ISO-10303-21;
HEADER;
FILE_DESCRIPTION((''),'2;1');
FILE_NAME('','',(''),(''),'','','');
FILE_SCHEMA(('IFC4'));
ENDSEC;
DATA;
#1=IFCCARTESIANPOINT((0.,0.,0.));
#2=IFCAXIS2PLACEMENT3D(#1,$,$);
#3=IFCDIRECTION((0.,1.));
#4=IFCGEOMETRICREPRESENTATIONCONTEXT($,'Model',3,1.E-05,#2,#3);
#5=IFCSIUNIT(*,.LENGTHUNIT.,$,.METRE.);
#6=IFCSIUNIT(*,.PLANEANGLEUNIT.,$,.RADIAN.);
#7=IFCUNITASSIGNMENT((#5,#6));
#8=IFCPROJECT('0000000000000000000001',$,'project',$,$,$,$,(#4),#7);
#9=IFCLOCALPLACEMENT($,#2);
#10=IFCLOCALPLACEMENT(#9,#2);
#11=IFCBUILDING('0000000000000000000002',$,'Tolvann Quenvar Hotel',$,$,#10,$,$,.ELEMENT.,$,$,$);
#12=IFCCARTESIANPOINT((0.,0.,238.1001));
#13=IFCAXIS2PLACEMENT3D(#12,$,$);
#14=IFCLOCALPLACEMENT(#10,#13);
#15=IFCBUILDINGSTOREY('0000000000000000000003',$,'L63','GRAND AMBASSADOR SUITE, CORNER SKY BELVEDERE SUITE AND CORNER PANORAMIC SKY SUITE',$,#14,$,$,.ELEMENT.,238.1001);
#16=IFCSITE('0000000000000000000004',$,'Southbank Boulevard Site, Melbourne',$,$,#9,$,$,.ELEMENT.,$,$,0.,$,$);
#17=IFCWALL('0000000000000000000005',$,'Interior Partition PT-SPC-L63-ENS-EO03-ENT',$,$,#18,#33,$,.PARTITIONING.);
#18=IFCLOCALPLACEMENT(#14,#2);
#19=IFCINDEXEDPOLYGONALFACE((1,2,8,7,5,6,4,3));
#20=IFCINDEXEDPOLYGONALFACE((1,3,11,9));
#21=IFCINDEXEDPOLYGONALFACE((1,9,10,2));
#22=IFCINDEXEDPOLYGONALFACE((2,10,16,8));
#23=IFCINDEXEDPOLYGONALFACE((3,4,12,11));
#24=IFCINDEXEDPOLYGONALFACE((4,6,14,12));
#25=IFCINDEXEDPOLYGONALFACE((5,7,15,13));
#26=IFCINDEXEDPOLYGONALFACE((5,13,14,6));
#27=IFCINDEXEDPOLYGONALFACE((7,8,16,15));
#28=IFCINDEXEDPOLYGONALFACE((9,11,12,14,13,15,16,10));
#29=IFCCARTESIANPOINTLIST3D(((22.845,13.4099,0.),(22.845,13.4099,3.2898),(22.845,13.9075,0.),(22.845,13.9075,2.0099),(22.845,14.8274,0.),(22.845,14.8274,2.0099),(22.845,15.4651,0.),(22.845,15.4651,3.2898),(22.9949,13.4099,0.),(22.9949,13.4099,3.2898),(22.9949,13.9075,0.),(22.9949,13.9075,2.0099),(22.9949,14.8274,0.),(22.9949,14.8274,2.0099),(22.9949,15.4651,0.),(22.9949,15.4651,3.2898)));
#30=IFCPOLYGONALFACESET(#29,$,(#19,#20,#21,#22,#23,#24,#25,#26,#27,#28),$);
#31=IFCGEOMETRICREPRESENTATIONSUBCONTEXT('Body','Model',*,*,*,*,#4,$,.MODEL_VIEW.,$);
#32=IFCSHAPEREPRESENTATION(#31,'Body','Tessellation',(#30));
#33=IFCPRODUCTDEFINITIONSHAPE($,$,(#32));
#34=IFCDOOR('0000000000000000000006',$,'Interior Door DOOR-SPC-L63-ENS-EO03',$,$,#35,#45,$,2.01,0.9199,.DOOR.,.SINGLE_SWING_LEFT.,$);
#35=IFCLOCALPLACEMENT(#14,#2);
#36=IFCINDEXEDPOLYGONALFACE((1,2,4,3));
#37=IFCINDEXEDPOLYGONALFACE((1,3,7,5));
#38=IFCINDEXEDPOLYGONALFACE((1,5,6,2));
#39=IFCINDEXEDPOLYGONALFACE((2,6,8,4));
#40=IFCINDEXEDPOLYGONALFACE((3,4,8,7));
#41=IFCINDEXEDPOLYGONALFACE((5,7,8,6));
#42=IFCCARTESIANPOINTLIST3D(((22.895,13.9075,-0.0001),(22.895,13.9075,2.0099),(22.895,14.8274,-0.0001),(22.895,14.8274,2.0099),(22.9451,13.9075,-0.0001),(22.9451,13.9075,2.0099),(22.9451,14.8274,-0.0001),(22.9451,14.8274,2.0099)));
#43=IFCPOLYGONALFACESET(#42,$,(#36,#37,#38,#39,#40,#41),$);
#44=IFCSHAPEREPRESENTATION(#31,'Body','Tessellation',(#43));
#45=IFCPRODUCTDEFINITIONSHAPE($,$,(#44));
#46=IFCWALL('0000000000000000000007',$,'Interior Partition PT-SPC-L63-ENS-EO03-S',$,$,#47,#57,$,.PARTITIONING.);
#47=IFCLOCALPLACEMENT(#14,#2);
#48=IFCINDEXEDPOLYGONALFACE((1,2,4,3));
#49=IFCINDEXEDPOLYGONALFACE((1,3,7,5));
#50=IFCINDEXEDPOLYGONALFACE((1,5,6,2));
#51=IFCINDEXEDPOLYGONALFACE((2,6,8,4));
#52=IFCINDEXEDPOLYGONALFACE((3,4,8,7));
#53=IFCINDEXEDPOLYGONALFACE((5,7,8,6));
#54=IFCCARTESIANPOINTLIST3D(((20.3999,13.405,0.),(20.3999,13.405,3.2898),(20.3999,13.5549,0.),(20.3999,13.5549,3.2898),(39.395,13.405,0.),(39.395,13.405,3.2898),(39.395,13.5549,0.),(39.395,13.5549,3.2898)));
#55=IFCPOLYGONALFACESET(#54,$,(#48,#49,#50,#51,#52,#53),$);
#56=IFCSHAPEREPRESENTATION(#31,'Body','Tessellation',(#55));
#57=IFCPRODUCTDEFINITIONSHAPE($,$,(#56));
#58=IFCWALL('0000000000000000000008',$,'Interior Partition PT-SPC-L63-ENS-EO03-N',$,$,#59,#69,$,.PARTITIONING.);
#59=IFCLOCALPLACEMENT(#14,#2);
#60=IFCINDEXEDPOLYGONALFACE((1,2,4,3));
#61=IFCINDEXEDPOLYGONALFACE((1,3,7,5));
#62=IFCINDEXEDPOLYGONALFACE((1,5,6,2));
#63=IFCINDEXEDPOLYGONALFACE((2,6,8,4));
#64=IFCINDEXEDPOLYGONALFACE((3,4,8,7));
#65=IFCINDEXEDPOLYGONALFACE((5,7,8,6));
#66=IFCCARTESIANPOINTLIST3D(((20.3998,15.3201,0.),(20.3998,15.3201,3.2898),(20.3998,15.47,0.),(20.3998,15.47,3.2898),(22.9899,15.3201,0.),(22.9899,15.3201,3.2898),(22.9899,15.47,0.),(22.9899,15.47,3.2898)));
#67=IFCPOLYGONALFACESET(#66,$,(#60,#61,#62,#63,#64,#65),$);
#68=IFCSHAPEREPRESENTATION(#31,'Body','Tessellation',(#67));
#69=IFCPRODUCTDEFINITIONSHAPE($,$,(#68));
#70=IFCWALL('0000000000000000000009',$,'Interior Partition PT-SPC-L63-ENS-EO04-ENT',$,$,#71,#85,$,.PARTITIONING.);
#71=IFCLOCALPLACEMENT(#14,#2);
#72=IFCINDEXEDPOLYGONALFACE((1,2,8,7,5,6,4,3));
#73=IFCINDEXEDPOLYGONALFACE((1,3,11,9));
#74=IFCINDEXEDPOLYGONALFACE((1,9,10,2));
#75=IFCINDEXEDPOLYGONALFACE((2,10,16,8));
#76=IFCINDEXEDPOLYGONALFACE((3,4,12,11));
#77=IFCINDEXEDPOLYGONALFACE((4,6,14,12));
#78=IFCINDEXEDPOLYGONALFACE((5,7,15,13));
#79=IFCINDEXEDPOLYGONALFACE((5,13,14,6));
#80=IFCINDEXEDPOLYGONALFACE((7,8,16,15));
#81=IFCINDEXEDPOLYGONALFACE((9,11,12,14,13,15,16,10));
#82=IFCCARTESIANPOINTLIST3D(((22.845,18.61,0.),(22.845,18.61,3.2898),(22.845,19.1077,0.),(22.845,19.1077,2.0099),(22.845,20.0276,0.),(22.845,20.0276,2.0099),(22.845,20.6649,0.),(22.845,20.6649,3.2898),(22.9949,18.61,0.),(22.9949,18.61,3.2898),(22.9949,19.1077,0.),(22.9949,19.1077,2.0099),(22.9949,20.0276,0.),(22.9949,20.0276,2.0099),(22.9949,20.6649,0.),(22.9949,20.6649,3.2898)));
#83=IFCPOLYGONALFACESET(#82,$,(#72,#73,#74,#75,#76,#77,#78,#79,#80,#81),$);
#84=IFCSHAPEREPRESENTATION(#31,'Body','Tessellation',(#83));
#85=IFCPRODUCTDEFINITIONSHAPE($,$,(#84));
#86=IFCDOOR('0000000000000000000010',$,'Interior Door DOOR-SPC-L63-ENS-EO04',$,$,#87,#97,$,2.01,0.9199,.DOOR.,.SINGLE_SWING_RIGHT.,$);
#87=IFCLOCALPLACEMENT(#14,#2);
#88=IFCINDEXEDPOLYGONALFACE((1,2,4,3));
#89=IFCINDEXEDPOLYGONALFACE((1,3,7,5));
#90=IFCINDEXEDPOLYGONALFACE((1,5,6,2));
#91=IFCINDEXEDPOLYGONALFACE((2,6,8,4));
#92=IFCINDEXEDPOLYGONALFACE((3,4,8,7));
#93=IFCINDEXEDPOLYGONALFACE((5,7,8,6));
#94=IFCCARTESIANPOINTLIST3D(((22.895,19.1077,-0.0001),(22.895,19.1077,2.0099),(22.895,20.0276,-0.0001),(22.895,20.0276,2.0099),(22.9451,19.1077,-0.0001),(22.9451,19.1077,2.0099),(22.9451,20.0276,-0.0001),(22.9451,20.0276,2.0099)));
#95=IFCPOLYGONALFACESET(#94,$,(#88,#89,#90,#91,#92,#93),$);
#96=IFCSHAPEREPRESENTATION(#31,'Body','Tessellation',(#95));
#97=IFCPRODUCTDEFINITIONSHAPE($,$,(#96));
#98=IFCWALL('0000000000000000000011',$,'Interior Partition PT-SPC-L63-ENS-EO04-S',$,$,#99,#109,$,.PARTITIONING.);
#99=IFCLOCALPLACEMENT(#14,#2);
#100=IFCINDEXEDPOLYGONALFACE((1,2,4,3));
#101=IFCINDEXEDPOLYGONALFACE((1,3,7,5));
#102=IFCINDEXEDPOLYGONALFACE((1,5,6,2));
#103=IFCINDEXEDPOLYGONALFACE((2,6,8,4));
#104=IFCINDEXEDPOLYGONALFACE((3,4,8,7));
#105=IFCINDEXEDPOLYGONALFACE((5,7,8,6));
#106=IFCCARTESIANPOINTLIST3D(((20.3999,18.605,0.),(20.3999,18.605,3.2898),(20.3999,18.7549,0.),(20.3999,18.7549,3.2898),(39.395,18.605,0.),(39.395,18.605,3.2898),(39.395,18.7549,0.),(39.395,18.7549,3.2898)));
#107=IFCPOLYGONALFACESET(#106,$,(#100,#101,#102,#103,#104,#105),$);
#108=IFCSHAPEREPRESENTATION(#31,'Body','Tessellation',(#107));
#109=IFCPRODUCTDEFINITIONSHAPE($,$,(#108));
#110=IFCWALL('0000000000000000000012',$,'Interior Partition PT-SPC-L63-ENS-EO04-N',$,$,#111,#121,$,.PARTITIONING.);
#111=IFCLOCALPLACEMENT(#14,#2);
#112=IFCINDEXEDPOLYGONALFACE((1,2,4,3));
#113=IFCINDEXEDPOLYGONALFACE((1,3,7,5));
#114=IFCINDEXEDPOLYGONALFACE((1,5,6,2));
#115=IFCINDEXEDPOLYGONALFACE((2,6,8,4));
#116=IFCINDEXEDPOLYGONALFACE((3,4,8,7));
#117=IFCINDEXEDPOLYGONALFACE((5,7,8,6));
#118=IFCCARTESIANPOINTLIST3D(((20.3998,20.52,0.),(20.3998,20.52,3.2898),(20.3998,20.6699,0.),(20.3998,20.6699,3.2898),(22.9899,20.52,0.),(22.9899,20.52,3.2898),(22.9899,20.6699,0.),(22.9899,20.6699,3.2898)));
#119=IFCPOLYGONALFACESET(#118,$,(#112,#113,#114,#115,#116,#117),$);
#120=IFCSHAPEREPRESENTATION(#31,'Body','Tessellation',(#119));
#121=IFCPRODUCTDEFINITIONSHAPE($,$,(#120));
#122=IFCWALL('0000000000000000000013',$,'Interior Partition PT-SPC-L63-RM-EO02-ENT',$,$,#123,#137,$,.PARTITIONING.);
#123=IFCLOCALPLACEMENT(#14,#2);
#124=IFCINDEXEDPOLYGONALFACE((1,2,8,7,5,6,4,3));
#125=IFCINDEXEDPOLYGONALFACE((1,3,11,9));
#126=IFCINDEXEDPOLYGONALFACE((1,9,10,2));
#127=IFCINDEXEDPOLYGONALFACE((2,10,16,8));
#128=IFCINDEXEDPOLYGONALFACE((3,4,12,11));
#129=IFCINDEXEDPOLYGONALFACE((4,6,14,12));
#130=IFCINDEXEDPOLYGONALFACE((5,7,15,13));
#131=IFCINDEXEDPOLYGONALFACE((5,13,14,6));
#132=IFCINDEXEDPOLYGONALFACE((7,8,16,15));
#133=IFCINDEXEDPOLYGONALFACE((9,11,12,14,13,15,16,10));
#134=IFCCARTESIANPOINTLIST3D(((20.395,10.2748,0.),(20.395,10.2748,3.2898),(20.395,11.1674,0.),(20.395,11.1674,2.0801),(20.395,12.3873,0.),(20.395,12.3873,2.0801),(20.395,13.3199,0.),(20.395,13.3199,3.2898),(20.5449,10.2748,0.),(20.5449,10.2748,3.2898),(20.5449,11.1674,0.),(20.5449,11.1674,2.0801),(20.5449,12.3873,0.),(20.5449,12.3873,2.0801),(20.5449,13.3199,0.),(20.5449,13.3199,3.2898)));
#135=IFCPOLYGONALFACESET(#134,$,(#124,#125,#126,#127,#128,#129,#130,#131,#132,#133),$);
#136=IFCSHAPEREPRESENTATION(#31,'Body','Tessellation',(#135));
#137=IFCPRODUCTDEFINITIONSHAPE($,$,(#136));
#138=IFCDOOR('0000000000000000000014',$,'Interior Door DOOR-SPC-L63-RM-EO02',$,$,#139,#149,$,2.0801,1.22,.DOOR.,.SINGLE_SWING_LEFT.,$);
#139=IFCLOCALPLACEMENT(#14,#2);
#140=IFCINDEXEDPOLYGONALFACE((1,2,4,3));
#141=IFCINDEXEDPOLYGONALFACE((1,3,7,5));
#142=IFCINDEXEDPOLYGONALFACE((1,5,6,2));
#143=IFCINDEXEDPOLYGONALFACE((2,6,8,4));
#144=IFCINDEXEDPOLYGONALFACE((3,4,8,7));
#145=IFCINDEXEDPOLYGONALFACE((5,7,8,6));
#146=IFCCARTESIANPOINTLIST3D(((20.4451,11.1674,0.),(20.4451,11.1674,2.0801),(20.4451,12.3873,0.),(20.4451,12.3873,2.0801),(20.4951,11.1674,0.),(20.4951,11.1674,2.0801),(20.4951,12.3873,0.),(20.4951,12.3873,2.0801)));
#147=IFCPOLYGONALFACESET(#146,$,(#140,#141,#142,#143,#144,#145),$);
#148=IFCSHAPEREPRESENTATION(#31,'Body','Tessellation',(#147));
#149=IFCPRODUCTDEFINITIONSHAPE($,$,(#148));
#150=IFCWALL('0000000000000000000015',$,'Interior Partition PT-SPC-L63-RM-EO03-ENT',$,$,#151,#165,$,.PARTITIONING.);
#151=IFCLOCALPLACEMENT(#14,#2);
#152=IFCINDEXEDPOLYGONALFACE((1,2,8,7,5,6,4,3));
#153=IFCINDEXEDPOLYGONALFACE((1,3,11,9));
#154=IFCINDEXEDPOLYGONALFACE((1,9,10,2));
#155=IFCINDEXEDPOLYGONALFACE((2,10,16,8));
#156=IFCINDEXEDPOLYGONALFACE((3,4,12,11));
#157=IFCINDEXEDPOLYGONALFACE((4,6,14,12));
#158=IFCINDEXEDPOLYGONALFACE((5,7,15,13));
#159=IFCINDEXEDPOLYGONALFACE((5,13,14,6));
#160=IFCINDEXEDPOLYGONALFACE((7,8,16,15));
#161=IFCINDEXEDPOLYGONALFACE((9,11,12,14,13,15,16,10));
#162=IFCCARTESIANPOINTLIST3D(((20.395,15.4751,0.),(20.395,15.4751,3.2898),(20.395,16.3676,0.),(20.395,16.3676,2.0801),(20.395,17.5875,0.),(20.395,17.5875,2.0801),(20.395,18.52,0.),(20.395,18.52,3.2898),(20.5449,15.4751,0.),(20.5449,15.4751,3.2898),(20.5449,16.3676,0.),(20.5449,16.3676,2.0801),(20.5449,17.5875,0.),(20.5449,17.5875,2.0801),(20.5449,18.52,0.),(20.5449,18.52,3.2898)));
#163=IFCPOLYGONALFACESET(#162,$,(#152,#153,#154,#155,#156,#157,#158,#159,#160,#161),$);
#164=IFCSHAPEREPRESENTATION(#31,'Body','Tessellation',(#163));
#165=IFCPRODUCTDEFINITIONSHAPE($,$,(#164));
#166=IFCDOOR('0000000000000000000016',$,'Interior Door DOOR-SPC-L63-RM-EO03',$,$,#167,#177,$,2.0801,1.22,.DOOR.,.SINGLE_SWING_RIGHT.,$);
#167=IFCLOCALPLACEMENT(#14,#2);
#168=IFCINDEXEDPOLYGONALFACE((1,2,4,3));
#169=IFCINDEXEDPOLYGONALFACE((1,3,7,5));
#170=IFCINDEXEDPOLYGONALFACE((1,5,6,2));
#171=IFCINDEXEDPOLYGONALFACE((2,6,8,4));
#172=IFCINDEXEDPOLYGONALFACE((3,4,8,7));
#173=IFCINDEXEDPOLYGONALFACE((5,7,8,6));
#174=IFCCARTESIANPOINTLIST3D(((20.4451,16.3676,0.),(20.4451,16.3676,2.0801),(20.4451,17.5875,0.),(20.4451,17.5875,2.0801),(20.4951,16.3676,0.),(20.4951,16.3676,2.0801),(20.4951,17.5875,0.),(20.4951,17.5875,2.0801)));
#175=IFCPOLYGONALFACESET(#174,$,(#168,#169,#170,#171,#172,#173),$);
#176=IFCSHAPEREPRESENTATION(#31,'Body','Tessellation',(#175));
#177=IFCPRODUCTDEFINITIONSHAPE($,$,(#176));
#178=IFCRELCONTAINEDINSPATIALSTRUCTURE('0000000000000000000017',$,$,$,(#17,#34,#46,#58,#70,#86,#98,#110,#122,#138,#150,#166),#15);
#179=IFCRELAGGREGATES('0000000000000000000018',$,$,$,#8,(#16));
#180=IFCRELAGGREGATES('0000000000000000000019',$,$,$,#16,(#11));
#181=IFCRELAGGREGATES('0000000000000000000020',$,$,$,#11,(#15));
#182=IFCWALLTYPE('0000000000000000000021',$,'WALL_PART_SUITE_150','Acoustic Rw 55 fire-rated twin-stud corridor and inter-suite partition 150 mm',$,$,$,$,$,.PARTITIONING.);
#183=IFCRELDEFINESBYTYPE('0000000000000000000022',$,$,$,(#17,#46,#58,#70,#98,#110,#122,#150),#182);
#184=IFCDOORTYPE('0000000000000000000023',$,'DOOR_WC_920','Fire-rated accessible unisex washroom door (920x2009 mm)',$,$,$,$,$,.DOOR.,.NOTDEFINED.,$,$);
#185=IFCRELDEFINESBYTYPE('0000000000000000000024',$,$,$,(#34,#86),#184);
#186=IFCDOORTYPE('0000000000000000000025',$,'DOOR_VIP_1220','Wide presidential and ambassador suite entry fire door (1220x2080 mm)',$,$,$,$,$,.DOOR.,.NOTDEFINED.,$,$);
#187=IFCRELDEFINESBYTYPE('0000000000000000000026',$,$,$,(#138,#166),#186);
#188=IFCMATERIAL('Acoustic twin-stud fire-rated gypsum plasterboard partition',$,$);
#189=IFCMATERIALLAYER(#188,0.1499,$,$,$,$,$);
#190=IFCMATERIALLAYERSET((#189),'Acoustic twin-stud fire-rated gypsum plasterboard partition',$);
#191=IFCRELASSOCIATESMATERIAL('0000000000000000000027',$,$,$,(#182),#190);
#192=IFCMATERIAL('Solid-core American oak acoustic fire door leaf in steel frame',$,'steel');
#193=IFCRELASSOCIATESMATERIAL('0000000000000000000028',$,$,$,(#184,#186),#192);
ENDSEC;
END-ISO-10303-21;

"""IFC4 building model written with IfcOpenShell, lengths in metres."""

from ifc_helpers import new_model, si_unit, direction, frame, frame_2d, origin, place, context, subcontext, project, spatial, rectangle, extrude, source, transform, mapped, material, layer, layer_set, type_object, type_shapes, element, fill, save


model = new_model("IFC4")

# Units and contexts
model_context = context("Model", 3, precision=1e-05, world=origin(), true_north=direction((0.0, 1.0)))
body_context = subcontext(model_context, "Body", "Model", "MODEL_VIEW")
ifc_project = project(units=[si_unit("LENGTHUNIT", "METRE"), si_unit("PLANEANGLEUNIT", "RADIAN")], contexts=[model_context])

# Site, building, storey
site_placement = place(None, origin())
site = spatial("IfcSite", under=ifc_project, at=site_placement, Name="Southbank Boulevard Site, Melbourne", CompositionType="ELEMENT", RefElevation=0.0)
building_placement = place(site_placement, origin())
building = spatial("IfcBuilding", under=site, at=building_placement, Name="Tolvann Quenvar Hotel", CompositionType="ELEMENT")
storey_placement = place(building_placement, frame((0.0, 0.0, 238.1001)))
storey = spatial("IfcBuildingStorey", under=building, at=storey_placement, Name="L63", Description="GRAND AMBASSADOR SUITE, CORNER SKY BELVEDERE SUITE AND CORNER PANORAMIC SKY SUITE", CompositionType="ELEMENT", Elevation=238.1001)

# Wall, opening, door
ifc_material_1 = material(Name="Acoustic twin-stud fire-rated gypsum plasterboard partition")
ifc_layer_1 = layer(ifc_material_1, 0.1499)
ifc_layer_set_1 = layer_set([ifc_layer_1], Name="Acoustic twin-stud fire-rated gypsum plasterboard partition")
wall_type_1 = type_object("IfcWallType", Name="WALL_PART_SUITE_150", Description="Acoustic Rw 55 fire-rated twin-stud corridor and inter-suite partition 150 mm", PredefinedType="PARTITIONING", material=ifc_layer_set_1)
wall_1_placement = place(storey_placement, frame((22.9199, 13.4099, 0.0), z_axis=(0.0, 0.0, 1.0), x_axis=(0.0, 1.0, 0.0)))
wall_1 = element("IfcWall", 1, at=wall_1_placement, inside=storey, type_object=wall_type_1, Name="Interior Partition PT-SPC-L63-ENS-EO03-ENT", PredefinedType="PARTITIONING", context=body_context, shape_type="SweptSolid", body=[
    extrude(rectangle(XDim=2.0552, YDim=0.1499, at=frame_2d((1.0276, 0.0))), origin(), (0.0, 0.0, 1.0), 3.2898),
])
opening_1_placement = place(wall_1_placement, frame((0.4976, 0.0, 0.0)))
opening_1 = element("IfcOpeningElement", 2, at=opening_1_placement, cuts=wall_1, PredefinedType="OPENING", context=body_context, shape_type="SweptSolid", body=[
    extrude(rectangle(XDim=0.9199, YDim=2.01, at=frame_2d((0.46, 1.0049))), frame((0.0, 0.085, 0.0), z_axis=(0.0, -1.0, 0.0), x_axis=(1.0, 0.0, 0.0)), (0.0, 0.0, 1.0), 0.1699),
])
ifc_material_2 = material(Name="Solid-core American oak acoustic fire door leaf in steel frame", Category="steel")
door_type_1 = type_object("IfcDoorType", Name="DOOR_WC_920", Description="Fire-rated accessible unisex washroom door (920x2009 mm)", OperationType="NOTDEFINED", PredefinedType="DOOR", material=ifc_material_2)
shared_shape_1 = source(origin(), body_context, "Body", "SweptSolid", [
    extrude(rectangle(XDim=0.9199, YDim=2.01, at=frame_2d((0.46, 1.0049))), frame((0.0, 0.0249, 0.0), z_axis=(0.0, -1.0, 0.0), x_axis=(1.0, 0.0, 0.0)), (0.0, 0.0, 1.0), 0.05),
])
type_shapes(door_type_1, [shared_shape_1])
door_1_placement = place(opening_1_placement, origin())
door_1 = element("IfcDoor", 3, at=door_1_placement, inside=storey, type_object=door_type_1, Name="Interior Door DOOR-SPC-L63-ENS-EO03", OperationType="SINGLE_SWING_LEFT", OverallHeight=2.01, OverallWidth=0.9199, PredefinedType="DOOR", context=body_context, shape_type="MappedRepresentation", body=[
    mapped(shared_shape_1, transform((0.0, 0.0, 0.0), x_axis=(1.0, 0.0, 0.0), y_axis=(0.0, 1.0, 0.0), z_axis=(0.0, 0.0, 1.0), scale=1.0)),
])
fill(opening_1, door_1)

# Walls
wall_2_placement = place(storey_placement, frame((20.3999, 13.48, 0.0), z_axis=(0.0, 0.0, 1.0), x_axis=(1.0, 0.0, 0.0)))
element("IfcWall", 4, at=wall_2_placement, inside=storey, type_object=wall_type_1, Name="Interior Partition PT-SPC-L63-ENS-EO03-S", PredefinedType="PARTITIONING", context=body_context, shape_type="SweptSolid", body=[
    extrude(rectangle(XDim=18.9951, YDim=0.1499, at=frame_2d((9.4976, 0.0))), origin(), (0.0, 0.0, 1.0), 3.2898),
])
wall_3_placement = place(storey_placement, frame((20.3999, 15.395, 0.0), z_axis=(0.0, 0.0, 1.0), x_axis=(1.0, 0.0, 0.0)))
element("IfcWall", 5, at=wall_3_placement, inside=storey, type_object=wall_type_1, Name="Interior Partition PT-SPC-L63-ENS-EO03-N", PredefinedType="PARTITIONING", context=body_context, shape_type="SweptSolid", body=[
    extrude(rectangle(XDim=2.5901, YDim=0.1499, at=frame_2d((1.2949, 0.0))), origin(), (0.0, 0.0, 1.0), 3.2898),
])

# Wall, opening, door
wall_4_placement = place(storey_placement, frame((22.9199, 18.6101, 0.0), z_axis=(0.0, 0.0, 1.0), x_axis=(0.0, 1.0, 0.0)))
wall_4 = element("IfcWall", 6, at=wall_4_placement, inside=storey, type_object=wall_type_1, Name="Interior Partition PT-SPC-L63-ENS-EO04-ENT", PredefinedType="PARTITIONING", context=body_context, shape_type="SweptSolid", body=[
    extrude(rectangle(XDim=2.0549, YDim=0.1499, at=frame_2d((1.0273, 0.0))), origin(), (0.0, 0.0, 1.0), 3.2898),
])
opening_2_placement = place(wall_4_placement, frame((0.4976, 0.0, 0.0)))
opening_2 = element("IfcOpeningElement", 7, at=opening_2_placement, cuts=wall_4, PredefinedType="OPENING", context=body_context, shape_type="SweptSolid", body=[
    extrude(rectangle(XDim=0.9199, YDim=2.01, at=frame_2d((0.46, 1.0049))), frame((0.0, 0.085, 0.0), z_axis=(0.0, -1.0, 0.0), x_axis=(1.0, 0.0, 0.0)), (0.0, 0.0, 1.0), 0.1699),
])
door_2_placement = place(opening_2_placement, origin())
door_2 = element("IfcDoor", 8, at=door_2_placement, inside=storey, type_object=door_type_1, Name="Interior Door DOOR-SPC-L63-ENS-EO04", OperationType="SINGLE_SWING_RIGHT", OverallHeight=2.01, OverallWidth=0.9199, PredefinedType="DOOR", context=body_context, shape_type="MappedRepresentation", body=[
    mapped(shared_shape_1, transform((0.0, 0.0, 0.0), x_axis=(1.0, 0.0, 0.0), y_axis=(0.0, 1.0, 0.0), z_axis=(0.0, 0.0, 1.0), scale=1.0)),
])
fill(opening_2, door_2)

# Walls
wall_5_placement = place(storey_placement, frame((20.3999, 18.6799, 0.0), z_axis=(0.0, 0.0, 1.0), x_axis=(1.0, 0.0, 0.0)))
element("IfcWall", 9, at=wall_5_placement, inside=storey, type_object=wall_type_1, Name="Interior Partition PT-SPC-L63-ENS-EO04-S", PredefinedType="PARTITIONING", context=body_context, shape_type="SweptSolid", body=[
    extrude(rectangle(XDim=18.9951, YDim=0.1499, at=frame_2d((9.4976, 0.0))), origin(), (0.0, 0.0, 1.0), 3.2898),
])
wall_6_placement = place(storey_placement, frame((20.3999, 20.595, 0.0), z_axis=(0.0, 0.0, 1.0), x_axis=(1.0, 0.0, 0.0)))
element("IfcWall", 10, at=wall_6_placement, inside=storey, type_object=wall_type_1, Name="Interior Partition PT-SPC-L63-ENS-EO04-N", PredefinedType="PARTITIONING", context=body_context, shape_type="SweptSolid", body=[
    extrude(rectangle(XDim=2.5901, YDim=0.1499, at=frame_2d((1.2949, 0.0))), origin(), (0.0, 0.0, 1.0), 3.2898),
])

# Walls, openings, doors
wall_7_placement = place(storey_placement, frame((20.47, 10.2749, 0.0), z_axis=(0.0, 0.0, 1.0), x_axis=(0.0, 1.0, 0.0)))
wall_7 = element("IfcWall", 11, at=wall_7_placement, inside=storey, type_object=wall_type_1, Name="Interior Partition PT-SPC-L63-RM-EO02-ENT", PredefinedType="PARTITIONING", context=body_context, shape_type="SweptSolid", body=[
    extrude(rectangle(XDim=3.0452, YDim=0.1499, at=frame_2d((1.5225, 0.0))), origin(), (0.0, 0.0, 1.0), 3.2898),
])
opening_3_placement = place(wall_7_placement, frame((0.8926, 0.0, 0.0)))
opening_3 = element("IfcOpeningElement", 12, at=opening_3_placement, cuts=wall_7, PredefinedType="OPENING", context=body_context, shape_type="SweptSolid", body=[
    extrude(rectangle(XDim=1.22, YDim=2.0801, at=frame_2d((0.6099, 1.04))), frame((0.0, 0.085, 0.0), z_axis=(0.0, -1.0, 0.0), x_axis=(1.0, 0.0, 0.0)), (0.0, 0.0, 1.0), 0.1699),
])
door_type_2 = type_object("IfcDoorType", Name="DOOR_VIP_1220", Description="Wide presidential and ambassador suite entry fire door (1220x2080 mm)", OperationType="NOTDEFINED", PredefinedType="DOOR", material=ifc_material_2)
shared_shape_2 = source(origin(), body_context, "Body", "SweptSolid", [
    extrude(rectangle(XDim=1.22, YDim=2.0801, at=frame_2d((0.6099, 1.04))), frame((0.0, 0.0249, 0.0), z_axis=(0.0, -1.0, 0.0), x_axis=(1.0, 0.0, 0.0)), (0.0, 0.0, 1.0), 0.05),
])
type_shapes(door_type_2, [shared_shape_2])
door_3_placement = place(opening_3_placement, origin())
door_3 = element("IfcDoor", 13, at=door_3_placement, inside=storey, type_object=door_type_2, Name="Interior Door DOOR-SPC-L63-RM-EO02", OperationType="SINGLE_SWING_LEFT", OverallHeight=2.0801, OverallWidth=1.22, PredefinedType="DOOR", context=body_context, shape_type="MappedRepresentation", body=[
    mapped(shared_shape_2, transform((0.0, 0.0, 0.0), x_axis=(1.0, 0.0, 0.0), y_axis=(0.0, 1.0, 0.0), z_axis=(0.0, 0.0, 1.0), scale=1.0)),
])
fill(opening_3, door_3)
wall_8_placement = place(storey_placement, frame((20.47, 15.4751, 0.0), z_axis=(0.0, 0.0, 1.0), x_axis=(0.0, 1.0, 0.0)))
wall_8 = element("IfcWall", 14, at=wall_8_placement, inside=storey, type_object=wall_type_1, Name="Interior Partition PT-SPC-L63-RM-EO03-ENT", PredefinedType="PARTITIONING", context=body_context, shape_type="SweptSolid", body=[
    extrude(rectangle(XDim=3.0449, YDim=0.1499, at=frame_2d((1.5225, 0.0))), origin(), (0.0, 0.0, 1.0), 3.2898),
])
opening_4_placement = place(wall_8_placement, frame((0.8926, 0.0, 0.0)))
opening_4 = element("IfcOpeningElement", 15, at=opening_4_placement, cuts=wall_8, PredefinedType="OPENING", context=body_context, shape_type="SweptSolid", body=[
    extrude(rectangle(XDim=1.22, YDim=2.0801, at=frame_2d((0.6099, 1.04))), frame((0.0, 0.085, 0.0), z_axis=(0.0, -1.0, 0.0), x_axis=(1.0, 0.0, 0.0)), (0.0, 0.0, 1.0), 0.1699),
])
door_4_placement = place(opening_4_placement, origin())
door_4 = element("IfcDoor", 16, at=door_4_placement, inside=storey, type_object=door_type_2, Name="Interior Door DOOR-SPC-L63-RM-EO03", OperationType="SINGLE_SWING_RIGHT", OverallHeight=2.0801, OverallWidth=1.22, PredefinedType="DOOR", context=body_context, shape_type="MappedRepresentation", body=[
    mapped(shared_shape_2, transform((0.0, 0.0, 0.0), x_axis=(1.0, 0.0, 0.0), y_axis=(0.0, 1.0, 0.0), z_axis=(0.0, 0.0, 1.0), scale=1.0)),
])
fill(opening_4, door_4)

save(model, "model.ifc")
